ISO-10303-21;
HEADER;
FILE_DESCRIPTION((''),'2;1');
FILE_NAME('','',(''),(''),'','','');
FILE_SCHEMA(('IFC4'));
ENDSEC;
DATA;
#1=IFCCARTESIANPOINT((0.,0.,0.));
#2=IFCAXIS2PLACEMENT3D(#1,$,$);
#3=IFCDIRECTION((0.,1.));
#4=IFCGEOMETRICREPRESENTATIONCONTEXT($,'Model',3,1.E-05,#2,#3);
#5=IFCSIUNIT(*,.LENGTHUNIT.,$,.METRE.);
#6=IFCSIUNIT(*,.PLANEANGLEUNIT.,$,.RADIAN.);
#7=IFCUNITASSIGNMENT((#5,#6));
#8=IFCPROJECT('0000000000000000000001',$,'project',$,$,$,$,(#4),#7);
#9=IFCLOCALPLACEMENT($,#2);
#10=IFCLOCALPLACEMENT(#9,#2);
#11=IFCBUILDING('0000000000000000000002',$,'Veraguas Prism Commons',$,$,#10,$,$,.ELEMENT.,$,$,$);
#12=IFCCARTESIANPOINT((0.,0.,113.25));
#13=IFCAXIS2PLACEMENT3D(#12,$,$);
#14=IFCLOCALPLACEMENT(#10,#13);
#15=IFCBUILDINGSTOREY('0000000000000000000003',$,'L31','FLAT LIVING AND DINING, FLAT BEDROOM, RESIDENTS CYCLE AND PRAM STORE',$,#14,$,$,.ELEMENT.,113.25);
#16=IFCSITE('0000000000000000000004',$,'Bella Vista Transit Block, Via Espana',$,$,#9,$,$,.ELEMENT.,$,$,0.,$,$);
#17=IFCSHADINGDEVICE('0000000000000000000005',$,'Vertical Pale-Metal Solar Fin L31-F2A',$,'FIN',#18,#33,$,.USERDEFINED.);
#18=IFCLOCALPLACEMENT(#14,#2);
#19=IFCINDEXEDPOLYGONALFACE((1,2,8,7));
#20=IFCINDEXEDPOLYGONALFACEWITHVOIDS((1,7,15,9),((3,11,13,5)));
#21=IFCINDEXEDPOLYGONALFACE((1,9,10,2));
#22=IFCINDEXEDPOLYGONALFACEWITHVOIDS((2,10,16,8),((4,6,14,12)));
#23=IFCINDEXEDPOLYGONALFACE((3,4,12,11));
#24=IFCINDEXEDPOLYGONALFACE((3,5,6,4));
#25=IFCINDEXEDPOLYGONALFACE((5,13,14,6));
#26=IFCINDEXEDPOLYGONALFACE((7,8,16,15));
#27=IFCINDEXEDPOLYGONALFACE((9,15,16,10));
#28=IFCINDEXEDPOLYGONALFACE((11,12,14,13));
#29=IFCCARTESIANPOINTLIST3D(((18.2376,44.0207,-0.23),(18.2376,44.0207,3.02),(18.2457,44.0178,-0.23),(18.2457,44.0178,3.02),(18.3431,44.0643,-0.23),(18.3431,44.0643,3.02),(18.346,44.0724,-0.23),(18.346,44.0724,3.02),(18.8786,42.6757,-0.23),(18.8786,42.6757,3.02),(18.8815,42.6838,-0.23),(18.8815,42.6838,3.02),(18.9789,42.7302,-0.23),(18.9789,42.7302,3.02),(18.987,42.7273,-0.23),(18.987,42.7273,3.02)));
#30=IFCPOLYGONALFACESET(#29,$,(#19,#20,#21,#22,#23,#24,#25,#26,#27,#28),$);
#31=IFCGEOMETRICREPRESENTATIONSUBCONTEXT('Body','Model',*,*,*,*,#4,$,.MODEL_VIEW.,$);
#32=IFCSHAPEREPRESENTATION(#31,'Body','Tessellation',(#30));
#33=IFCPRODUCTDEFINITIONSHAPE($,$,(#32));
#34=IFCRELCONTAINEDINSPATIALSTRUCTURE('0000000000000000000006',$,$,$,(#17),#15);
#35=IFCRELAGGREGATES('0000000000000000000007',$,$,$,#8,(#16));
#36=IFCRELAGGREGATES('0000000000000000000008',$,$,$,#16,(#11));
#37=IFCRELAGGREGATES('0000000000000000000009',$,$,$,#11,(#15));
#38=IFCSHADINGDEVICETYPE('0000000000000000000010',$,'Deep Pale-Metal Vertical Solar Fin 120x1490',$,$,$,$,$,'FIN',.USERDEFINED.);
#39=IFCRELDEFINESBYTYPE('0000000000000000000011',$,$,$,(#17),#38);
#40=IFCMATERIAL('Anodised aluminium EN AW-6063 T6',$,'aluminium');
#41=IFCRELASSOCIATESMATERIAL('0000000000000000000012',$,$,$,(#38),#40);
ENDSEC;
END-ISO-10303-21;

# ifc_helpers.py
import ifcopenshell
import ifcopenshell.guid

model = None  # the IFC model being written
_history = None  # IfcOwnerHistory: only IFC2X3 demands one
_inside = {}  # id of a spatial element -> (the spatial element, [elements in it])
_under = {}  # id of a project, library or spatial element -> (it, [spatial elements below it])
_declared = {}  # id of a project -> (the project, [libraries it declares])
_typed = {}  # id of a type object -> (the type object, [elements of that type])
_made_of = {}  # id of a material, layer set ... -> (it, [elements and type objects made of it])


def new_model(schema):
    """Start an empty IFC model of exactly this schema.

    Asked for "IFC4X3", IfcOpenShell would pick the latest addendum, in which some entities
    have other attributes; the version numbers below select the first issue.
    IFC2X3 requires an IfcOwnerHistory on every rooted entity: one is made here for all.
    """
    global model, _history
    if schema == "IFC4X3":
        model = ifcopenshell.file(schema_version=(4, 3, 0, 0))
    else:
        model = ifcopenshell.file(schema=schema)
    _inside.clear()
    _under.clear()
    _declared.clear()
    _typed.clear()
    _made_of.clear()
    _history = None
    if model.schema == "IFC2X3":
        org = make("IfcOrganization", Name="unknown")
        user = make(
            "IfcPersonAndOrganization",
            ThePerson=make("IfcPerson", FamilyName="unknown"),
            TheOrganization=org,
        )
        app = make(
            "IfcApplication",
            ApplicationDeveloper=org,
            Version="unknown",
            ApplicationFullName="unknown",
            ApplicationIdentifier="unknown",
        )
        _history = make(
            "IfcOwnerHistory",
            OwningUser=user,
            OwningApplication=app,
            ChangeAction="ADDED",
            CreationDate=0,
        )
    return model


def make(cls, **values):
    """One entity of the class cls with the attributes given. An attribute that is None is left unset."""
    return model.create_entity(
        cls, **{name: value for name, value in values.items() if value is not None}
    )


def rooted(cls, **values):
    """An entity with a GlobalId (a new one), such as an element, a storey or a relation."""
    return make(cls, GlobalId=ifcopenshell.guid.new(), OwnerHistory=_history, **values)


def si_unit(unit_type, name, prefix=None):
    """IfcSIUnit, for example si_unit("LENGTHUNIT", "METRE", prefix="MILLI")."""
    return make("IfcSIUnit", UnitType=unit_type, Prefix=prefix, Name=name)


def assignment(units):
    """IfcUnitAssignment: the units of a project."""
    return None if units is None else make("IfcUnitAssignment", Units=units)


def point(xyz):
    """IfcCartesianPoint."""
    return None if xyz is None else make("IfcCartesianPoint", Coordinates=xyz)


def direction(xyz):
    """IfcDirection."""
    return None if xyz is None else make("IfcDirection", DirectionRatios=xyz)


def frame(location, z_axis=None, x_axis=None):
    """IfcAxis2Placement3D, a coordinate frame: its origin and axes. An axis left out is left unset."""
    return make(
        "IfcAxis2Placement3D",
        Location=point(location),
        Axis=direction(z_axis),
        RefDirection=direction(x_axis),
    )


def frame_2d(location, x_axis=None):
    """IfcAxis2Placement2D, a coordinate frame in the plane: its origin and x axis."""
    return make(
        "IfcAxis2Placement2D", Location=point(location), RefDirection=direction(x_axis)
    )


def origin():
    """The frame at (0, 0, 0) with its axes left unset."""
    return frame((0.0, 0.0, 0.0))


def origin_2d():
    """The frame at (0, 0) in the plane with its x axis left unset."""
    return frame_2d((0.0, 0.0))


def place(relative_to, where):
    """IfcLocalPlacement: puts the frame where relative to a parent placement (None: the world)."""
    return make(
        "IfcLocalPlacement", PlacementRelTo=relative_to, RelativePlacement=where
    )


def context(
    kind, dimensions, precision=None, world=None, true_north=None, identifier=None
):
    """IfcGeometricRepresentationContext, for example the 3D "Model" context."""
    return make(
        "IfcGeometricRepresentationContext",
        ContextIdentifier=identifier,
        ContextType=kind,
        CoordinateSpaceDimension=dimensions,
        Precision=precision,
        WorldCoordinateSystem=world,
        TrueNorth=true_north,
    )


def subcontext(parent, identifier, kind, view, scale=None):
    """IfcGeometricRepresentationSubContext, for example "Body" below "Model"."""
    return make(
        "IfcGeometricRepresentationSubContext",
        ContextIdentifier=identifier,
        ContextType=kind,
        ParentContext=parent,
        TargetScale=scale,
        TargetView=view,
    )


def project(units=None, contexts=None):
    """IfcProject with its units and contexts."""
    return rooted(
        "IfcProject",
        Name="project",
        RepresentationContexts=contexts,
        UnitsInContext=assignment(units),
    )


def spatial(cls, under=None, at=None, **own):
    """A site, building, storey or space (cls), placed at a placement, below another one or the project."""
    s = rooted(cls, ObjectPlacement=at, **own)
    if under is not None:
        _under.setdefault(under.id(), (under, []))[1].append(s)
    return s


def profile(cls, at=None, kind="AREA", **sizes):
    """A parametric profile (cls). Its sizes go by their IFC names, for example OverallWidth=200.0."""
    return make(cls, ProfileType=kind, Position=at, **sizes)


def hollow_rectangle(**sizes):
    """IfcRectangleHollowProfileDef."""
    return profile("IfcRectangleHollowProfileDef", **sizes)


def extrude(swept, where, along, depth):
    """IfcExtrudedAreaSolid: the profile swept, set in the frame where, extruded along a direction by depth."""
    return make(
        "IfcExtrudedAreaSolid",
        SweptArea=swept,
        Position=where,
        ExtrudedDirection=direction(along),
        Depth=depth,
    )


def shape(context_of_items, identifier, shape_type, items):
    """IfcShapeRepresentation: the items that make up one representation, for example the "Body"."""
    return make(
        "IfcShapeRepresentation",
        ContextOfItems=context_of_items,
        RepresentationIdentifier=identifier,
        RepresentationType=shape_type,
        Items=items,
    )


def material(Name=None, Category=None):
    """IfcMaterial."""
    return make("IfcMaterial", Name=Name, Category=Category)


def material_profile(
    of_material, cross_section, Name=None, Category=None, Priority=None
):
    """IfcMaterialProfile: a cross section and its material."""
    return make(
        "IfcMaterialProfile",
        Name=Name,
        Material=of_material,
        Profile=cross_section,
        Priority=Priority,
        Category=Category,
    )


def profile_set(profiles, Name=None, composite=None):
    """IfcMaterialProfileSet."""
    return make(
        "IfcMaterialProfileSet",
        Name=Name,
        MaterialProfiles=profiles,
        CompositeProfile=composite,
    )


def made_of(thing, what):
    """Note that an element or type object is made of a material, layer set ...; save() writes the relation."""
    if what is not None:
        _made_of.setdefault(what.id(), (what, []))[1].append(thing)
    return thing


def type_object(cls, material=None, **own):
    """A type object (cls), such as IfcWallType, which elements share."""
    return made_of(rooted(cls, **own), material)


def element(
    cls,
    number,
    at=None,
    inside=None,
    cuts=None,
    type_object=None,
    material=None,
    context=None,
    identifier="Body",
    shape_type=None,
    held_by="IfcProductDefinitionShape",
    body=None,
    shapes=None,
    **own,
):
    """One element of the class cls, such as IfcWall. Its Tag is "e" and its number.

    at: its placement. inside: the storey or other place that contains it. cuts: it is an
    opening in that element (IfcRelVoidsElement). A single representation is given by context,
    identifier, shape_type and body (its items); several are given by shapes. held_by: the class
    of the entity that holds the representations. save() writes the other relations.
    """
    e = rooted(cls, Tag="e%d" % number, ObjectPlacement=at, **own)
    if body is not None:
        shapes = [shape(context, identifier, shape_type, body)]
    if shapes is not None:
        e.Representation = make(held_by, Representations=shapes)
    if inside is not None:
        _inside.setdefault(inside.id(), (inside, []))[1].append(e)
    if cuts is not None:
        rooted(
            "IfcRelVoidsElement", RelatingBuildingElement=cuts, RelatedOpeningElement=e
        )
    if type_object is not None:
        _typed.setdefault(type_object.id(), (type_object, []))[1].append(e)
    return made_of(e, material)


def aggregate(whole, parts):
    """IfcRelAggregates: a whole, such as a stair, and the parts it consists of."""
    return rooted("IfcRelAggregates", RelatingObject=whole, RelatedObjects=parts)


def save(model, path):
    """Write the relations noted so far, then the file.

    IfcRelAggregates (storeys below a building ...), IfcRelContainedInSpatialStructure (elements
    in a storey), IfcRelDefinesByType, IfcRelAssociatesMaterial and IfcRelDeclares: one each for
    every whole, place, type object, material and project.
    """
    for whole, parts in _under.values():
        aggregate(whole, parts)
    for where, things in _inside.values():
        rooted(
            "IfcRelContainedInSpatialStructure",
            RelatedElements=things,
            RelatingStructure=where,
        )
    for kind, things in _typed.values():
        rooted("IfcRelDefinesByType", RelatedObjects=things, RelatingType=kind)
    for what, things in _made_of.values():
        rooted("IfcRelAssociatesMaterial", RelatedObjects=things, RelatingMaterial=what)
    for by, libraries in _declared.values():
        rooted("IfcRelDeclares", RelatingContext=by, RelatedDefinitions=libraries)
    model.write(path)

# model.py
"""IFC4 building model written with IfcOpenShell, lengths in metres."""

from ifc_helpers import new_model, si_unit, direction, frame, origin, origin_2d, place, context, subcontext, project, spatial, hollow_rectangle, extrude, material, material_profile, profile_set, type_object, element, save


model = new_model("IFC4")

# Units and contexts
model_context = context("Model", 3, precision=1e-05, world=origin(), true_north=direction((0.0, 1.0)))
body_context = subcontext(model_context, "Body", "Model", "MODEL_VIEW")
ifc_project = project(units=[si_unit("LENGTHUNIT", "METRE"), si_unit("PLANEANGLEUNIT", "RADIAN")], contexts=[model_context])

# Site, building, storey
site_placement = place(None, origin())
site = spatial("IfcSite", under=ifc_project, at=site_placement, Name="Bella Vista Transit Block, Via Espana", CompositionType="ELEMENT", RefElevation=0.0)
building_placement = place(site_placement, origin())
building = spatial("IfcBuilding", under=site, at=building_placement, Name="Veraguas Prism Commons", CompositionType="ELEMENT")
storey_placement = place(building_placement, frame((0.0, 0.0, 113.25)))
storey = spatial("IfcBuildingStorey", under=building, at=storey_placement, Name="L31", Description="FLAT LIVING AND DINING, FLAT BEDROOM, RESIDENTS CYCLE AND PRAM STORE", CompositionType="ELEMENT", Elevation=113.25)

# Shared definitions
ifc_material_1 = material(Name="Anodised aluminium EN AW-6063 T6", Category="aluminium")

# Shading device
ifc_material_profile_1 = material_profile(ifc_material_1, hollow_rectangle(XDim=0.1201, YDim=1.49, WallThickness=0.0061, at=origin_2d()), Name="FIN120X1490X6")
ifc_profile_set_1 = profile_set([ifc_material_profile_1], Name="Anodised aluminium EN AW-6063 T6")
shading_device_type = type_object("IfcShadingDeviceType", Name="Deep Pale-Metal Vertical Solar Fin 120x1490", ElementType="FIN", PredefinedType="USERDEFINED", material=ifc_profile_set_1)
shading_device_placement = place(storey_placement, frame((18.6123, 43.374, -0.23), z_axis=(0.0, 0.0, 1.0), x_axis=(-0.902735, -0.430198, 0.0)))
element("IfcShadingDevice", 1, at=shading_device_placement, inside=storey, type_object=shading_device_type, Name="Vertical Pale-Metal Solar Fin L31-F2A", ObjectType="FIN", PredefinedType="USERDEFINED", context=body_context, shape_type="SweptSolid", body=[
    extrude(hollow_rectangle(XDim=0.1201, YDim=1.49, WallThickness=0.0061, at=origin_2d()), origin(), (0.0, 0.0, 1.0), 3.25),
])

save(model, "model.ifc")
